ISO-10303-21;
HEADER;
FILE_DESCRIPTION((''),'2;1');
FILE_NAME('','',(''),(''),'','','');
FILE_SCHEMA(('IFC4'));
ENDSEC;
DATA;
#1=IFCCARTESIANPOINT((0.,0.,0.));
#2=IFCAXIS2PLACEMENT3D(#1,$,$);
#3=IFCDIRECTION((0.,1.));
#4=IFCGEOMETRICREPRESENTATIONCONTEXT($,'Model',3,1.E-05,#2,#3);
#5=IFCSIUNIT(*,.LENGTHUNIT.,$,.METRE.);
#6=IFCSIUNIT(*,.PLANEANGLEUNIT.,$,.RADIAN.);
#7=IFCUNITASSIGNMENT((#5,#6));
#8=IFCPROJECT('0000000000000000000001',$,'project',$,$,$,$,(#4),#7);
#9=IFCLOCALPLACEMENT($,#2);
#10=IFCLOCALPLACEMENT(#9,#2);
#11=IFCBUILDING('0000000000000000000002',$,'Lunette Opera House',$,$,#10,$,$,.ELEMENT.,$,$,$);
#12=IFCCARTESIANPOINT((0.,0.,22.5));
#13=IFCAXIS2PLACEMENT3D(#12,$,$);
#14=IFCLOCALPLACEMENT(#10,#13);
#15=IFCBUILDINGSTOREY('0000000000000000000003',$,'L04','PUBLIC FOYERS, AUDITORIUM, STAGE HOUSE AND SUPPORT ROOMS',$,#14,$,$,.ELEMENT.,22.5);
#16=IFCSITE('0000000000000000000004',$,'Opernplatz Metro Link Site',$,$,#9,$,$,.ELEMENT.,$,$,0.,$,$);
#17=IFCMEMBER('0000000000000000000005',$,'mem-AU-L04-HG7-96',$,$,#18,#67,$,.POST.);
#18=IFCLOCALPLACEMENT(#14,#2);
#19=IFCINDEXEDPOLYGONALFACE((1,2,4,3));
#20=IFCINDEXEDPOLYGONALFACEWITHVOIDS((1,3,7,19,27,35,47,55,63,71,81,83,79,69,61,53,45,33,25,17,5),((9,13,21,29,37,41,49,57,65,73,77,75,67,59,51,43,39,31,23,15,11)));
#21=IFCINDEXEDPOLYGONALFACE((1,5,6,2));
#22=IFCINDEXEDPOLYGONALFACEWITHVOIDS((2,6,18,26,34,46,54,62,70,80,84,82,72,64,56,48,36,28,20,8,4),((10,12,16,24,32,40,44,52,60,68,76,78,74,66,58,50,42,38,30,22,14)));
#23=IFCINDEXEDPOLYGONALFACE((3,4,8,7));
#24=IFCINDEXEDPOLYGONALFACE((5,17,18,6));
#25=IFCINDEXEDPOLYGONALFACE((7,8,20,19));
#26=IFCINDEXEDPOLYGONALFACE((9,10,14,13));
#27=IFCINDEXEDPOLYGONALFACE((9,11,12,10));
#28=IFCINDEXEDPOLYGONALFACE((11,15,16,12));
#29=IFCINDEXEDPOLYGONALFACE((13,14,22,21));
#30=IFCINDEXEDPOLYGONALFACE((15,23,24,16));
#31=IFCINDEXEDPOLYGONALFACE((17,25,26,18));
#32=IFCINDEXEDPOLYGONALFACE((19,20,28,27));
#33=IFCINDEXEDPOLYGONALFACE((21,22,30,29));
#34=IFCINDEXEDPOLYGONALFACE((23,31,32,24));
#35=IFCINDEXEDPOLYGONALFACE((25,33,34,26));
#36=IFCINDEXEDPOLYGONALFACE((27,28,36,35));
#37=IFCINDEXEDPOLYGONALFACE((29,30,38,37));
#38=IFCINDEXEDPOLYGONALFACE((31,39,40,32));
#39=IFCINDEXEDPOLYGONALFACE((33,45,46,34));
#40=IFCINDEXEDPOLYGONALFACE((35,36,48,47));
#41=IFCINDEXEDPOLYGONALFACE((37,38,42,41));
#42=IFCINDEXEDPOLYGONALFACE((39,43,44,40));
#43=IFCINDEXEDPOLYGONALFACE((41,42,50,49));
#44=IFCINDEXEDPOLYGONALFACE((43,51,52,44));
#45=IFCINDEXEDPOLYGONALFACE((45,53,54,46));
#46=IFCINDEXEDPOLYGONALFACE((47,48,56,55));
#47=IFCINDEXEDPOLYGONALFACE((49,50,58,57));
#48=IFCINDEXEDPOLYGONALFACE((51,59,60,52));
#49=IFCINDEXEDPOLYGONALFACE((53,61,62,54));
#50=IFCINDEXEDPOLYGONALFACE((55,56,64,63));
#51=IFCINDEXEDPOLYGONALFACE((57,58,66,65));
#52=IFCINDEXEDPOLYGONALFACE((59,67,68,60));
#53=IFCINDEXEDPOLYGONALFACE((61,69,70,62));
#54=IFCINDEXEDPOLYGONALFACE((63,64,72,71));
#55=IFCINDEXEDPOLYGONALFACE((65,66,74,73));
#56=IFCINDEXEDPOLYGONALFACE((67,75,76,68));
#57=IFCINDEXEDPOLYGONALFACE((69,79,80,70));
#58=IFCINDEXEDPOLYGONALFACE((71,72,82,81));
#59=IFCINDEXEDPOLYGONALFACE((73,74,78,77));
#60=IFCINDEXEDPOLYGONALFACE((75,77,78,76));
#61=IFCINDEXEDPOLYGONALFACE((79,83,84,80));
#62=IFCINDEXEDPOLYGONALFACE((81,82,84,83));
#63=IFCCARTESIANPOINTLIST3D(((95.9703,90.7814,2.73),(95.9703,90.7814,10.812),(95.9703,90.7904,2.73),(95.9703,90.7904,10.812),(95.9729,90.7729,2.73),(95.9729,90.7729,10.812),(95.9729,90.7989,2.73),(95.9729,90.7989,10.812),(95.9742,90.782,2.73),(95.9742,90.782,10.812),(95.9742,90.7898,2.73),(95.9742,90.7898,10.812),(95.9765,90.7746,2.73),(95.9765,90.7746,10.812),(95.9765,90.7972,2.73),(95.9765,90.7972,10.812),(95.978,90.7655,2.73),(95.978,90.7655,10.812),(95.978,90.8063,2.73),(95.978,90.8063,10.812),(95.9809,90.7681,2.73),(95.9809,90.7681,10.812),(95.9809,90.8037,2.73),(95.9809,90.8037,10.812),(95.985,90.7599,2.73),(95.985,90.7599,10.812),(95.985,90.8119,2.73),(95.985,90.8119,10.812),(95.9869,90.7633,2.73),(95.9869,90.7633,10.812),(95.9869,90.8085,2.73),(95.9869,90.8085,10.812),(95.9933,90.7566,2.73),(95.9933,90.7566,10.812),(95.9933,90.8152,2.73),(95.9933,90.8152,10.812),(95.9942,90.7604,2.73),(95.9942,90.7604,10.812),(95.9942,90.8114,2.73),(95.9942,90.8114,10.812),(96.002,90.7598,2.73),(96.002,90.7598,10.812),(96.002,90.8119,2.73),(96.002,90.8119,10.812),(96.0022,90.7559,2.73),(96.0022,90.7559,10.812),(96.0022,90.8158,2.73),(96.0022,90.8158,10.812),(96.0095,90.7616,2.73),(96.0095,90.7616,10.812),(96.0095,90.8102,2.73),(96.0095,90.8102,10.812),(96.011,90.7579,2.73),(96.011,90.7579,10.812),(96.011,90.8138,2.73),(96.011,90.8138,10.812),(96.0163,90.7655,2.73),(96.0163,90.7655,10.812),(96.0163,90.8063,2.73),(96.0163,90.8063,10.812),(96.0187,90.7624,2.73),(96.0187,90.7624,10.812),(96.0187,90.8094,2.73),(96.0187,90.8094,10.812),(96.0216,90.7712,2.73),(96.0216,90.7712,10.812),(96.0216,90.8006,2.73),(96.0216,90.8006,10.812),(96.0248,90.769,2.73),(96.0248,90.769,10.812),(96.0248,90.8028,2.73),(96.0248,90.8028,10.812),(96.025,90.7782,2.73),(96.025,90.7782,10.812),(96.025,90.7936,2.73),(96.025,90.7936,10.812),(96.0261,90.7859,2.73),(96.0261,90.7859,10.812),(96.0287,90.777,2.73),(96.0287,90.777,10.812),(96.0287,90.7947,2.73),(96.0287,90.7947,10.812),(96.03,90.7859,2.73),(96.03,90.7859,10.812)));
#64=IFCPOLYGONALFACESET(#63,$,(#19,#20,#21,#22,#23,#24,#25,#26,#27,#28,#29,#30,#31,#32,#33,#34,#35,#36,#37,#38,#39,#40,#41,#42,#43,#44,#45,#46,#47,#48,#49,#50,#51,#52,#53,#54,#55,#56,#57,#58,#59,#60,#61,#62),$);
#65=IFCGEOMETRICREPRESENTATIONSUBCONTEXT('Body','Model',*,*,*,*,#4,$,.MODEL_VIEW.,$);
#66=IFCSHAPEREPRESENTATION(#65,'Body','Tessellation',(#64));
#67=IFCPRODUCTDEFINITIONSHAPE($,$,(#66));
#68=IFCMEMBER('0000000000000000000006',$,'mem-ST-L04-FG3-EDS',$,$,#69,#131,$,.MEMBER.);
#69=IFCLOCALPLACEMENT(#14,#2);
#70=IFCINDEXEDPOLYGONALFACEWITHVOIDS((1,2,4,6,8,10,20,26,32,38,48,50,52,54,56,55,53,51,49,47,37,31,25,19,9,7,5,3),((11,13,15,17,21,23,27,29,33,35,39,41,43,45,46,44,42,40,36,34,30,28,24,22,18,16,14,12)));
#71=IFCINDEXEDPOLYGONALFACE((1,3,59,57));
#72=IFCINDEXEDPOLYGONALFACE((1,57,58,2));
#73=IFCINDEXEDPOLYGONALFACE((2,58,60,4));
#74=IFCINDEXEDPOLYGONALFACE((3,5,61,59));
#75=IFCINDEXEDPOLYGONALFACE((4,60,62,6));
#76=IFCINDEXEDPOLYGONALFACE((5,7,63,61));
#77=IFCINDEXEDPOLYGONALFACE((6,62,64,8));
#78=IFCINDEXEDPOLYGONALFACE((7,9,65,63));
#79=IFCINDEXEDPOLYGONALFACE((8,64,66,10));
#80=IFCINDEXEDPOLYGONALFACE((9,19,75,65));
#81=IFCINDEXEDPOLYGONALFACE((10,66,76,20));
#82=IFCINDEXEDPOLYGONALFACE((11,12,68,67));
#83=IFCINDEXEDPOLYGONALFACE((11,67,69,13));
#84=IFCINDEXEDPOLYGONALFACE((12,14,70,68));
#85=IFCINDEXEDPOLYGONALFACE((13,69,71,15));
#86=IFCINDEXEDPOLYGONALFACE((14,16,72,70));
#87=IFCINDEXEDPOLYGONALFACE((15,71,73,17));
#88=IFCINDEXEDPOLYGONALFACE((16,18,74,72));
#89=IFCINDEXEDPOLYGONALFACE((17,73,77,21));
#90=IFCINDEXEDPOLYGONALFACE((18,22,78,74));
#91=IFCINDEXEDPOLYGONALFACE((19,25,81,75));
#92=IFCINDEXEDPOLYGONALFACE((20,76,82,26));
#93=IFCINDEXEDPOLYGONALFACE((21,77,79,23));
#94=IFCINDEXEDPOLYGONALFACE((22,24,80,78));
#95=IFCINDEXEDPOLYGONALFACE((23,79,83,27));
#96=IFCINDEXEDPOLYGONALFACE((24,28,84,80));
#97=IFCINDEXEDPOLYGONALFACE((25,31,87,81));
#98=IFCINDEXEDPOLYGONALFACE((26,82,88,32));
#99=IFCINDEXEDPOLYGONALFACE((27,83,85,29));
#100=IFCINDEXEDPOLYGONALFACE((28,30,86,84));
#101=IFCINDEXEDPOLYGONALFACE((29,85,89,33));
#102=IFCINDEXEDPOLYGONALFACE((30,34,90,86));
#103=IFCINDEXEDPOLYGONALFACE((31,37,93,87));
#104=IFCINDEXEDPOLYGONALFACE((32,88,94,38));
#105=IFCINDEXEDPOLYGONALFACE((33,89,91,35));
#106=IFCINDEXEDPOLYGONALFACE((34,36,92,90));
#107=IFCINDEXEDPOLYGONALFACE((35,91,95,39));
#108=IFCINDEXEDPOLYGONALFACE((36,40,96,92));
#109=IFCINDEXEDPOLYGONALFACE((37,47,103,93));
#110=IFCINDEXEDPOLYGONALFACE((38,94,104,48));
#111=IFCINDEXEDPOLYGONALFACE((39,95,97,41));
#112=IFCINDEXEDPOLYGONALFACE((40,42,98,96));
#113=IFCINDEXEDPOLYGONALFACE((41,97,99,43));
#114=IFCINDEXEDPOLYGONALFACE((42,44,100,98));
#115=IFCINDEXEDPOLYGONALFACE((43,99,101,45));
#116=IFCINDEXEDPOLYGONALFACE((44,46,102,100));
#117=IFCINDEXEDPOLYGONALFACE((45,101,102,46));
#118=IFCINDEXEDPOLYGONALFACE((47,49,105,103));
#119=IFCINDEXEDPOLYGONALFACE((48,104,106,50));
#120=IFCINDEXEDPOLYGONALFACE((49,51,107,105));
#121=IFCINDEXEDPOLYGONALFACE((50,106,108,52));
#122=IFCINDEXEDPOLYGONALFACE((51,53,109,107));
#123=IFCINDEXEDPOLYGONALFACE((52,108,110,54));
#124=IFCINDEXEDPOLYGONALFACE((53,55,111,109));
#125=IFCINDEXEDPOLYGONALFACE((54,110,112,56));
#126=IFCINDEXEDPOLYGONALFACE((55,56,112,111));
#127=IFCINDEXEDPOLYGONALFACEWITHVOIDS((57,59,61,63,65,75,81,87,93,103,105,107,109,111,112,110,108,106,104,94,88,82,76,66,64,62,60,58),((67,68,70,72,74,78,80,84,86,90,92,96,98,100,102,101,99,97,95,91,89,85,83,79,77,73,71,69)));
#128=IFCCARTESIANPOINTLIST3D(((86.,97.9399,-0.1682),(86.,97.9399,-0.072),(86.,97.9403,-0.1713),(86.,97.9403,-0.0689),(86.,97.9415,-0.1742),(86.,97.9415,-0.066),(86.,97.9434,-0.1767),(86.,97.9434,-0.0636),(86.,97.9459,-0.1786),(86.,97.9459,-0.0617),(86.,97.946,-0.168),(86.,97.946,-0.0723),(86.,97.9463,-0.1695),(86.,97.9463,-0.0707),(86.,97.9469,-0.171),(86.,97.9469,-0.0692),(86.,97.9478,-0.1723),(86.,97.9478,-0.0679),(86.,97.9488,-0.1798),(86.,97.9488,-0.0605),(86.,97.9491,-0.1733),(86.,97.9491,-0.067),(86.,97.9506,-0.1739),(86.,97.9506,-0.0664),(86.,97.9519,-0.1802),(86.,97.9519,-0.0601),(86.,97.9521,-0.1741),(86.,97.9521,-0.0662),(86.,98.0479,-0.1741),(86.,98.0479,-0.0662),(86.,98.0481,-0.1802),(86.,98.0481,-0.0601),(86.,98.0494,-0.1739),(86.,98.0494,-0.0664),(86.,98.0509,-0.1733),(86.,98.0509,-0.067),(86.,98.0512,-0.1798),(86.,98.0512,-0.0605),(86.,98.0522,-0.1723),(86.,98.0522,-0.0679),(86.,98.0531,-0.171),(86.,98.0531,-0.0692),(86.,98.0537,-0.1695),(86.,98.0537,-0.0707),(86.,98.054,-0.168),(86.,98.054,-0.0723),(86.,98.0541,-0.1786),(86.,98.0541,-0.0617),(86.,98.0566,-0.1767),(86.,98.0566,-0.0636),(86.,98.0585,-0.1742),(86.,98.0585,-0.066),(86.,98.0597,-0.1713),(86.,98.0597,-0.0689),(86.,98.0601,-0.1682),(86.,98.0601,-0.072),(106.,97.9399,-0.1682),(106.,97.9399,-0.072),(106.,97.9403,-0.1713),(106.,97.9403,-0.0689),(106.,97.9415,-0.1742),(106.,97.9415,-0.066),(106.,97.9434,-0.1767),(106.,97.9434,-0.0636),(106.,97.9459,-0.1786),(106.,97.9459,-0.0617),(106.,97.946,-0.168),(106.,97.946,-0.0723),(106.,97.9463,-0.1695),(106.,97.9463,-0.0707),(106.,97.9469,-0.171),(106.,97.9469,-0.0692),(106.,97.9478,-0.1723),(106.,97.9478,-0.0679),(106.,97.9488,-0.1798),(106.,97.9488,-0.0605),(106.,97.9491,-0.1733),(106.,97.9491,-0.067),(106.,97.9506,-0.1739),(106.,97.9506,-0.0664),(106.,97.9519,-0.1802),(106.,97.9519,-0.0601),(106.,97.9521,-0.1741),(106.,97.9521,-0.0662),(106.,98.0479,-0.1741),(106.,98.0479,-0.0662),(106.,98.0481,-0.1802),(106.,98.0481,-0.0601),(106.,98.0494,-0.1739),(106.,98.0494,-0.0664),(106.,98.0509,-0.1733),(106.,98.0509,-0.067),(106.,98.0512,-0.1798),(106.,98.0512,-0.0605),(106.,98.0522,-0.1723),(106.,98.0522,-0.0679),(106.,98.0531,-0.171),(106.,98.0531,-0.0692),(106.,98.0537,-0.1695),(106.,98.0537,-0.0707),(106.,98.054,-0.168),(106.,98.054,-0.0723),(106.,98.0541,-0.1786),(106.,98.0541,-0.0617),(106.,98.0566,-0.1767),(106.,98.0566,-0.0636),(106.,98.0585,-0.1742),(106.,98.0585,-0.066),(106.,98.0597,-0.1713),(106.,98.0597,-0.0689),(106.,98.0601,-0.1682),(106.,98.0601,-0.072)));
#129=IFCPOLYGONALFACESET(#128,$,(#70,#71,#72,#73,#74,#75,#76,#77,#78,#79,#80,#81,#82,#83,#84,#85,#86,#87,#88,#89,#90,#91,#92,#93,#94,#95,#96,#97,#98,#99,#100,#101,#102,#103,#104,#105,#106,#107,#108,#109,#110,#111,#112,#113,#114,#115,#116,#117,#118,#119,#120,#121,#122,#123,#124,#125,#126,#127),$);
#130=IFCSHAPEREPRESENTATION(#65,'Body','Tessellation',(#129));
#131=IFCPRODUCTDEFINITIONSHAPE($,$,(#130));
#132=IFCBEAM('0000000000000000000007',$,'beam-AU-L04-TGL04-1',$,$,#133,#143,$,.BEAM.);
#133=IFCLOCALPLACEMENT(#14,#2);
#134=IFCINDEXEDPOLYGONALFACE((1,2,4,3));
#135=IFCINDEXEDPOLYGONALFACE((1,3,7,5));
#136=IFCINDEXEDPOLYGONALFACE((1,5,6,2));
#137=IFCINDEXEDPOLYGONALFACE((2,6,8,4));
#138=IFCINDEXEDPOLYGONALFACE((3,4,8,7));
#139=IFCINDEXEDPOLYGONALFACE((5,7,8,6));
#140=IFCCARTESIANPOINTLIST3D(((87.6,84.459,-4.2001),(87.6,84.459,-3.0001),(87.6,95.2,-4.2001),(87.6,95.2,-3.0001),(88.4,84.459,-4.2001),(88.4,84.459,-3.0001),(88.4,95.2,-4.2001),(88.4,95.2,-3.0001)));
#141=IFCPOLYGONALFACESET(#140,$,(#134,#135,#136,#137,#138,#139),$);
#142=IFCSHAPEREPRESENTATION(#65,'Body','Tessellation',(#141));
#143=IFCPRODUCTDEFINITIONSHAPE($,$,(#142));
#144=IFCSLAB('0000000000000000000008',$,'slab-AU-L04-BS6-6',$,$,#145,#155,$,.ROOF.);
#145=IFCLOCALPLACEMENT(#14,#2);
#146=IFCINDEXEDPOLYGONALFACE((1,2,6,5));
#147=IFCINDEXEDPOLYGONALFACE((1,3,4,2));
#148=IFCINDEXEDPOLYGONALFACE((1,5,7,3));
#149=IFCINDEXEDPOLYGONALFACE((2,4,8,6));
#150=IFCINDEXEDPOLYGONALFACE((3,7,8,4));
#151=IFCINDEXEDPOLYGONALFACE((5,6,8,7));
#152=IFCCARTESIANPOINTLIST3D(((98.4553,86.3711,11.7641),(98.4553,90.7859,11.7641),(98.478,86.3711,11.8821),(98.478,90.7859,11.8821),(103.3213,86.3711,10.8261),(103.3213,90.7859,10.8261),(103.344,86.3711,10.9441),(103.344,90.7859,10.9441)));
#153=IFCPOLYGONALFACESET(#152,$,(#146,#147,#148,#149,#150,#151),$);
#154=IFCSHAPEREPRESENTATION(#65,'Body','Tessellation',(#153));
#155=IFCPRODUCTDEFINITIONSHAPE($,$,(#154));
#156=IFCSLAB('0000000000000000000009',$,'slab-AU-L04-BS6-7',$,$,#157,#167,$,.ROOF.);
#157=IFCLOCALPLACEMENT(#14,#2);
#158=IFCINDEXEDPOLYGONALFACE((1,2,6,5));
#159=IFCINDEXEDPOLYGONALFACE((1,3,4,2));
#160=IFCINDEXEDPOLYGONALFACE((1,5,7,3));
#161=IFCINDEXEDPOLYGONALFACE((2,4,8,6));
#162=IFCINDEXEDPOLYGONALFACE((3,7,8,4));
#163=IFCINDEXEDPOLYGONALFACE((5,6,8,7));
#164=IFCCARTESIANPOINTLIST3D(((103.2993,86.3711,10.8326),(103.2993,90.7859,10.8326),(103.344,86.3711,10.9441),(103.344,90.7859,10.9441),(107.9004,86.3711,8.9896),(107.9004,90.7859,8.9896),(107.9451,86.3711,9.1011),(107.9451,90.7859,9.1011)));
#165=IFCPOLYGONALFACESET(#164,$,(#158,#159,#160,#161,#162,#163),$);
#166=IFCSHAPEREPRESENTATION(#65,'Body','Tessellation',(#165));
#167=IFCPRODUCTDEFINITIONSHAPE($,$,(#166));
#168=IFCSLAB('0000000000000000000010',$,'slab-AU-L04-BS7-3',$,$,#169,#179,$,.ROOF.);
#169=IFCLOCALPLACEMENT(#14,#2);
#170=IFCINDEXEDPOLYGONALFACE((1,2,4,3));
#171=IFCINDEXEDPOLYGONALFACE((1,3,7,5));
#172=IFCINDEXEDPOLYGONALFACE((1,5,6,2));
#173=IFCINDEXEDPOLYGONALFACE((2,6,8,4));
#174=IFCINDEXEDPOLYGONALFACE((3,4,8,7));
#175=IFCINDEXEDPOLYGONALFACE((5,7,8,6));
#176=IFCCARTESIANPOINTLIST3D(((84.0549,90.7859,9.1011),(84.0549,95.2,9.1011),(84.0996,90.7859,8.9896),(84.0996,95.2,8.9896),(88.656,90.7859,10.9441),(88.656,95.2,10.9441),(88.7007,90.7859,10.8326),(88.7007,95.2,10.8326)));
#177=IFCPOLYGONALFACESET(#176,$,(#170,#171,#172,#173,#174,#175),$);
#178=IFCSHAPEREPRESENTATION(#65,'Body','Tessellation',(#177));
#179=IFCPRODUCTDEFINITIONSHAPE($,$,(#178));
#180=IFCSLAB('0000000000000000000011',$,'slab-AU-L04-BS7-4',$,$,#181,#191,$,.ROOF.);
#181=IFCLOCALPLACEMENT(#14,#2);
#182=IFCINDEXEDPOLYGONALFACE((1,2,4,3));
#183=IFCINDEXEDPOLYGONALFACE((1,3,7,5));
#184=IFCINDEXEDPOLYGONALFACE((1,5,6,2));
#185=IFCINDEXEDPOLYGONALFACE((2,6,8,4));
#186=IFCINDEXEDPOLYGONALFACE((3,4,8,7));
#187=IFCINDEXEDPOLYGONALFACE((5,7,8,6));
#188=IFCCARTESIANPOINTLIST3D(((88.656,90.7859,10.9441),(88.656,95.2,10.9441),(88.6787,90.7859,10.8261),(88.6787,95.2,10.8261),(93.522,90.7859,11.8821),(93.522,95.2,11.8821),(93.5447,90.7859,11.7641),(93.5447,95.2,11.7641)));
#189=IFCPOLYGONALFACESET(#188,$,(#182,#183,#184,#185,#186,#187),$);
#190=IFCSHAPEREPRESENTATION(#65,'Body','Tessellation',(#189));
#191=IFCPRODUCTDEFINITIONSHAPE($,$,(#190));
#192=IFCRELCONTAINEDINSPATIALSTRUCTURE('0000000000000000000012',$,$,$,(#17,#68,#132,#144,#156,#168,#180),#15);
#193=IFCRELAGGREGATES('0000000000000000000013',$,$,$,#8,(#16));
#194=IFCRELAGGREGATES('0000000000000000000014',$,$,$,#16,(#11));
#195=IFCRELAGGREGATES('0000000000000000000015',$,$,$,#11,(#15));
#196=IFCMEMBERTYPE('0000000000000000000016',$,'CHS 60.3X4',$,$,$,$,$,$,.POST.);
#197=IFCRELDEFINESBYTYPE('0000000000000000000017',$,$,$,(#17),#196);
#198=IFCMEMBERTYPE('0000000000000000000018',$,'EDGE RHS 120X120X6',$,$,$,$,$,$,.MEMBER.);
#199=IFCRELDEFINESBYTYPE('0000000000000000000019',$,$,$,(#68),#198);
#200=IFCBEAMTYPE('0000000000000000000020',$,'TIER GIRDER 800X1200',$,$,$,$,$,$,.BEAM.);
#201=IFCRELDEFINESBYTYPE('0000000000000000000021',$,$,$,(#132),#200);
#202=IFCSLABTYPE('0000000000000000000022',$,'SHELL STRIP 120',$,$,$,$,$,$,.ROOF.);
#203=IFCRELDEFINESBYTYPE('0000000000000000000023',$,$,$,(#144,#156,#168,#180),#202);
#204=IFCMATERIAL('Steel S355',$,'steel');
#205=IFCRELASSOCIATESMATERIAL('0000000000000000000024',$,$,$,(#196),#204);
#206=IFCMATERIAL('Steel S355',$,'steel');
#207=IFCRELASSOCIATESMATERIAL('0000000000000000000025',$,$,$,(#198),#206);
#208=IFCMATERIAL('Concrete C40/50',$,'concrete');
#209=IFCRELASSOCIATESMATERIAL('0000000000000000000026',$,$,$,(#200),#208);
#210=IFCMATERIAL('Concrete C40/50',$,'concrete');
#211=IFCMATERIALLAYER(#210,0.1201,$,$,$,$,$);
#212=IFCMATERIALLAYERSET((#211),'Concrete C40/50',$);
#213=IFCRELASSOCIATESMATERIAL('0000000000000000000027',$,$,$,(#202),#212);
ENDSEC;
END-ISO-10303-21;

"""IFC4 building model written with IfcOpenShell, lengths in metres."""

from ifc_helpers import new_model, si_unit, direction, frame, origin, origin_2d, place, context, subcontext, project, spatial, polyline, rectangle, hollow_rectangle, hollow_circle, outline, extrude, material, layer, layer_set, material_profile, profile_set, type_object, element, save


model = new_model("IFC4")

# Units and contexts
model_context = context("Model", 3, precision=1e-05, world=origin(), true_north=direction((0.0, 1.0)))
body_context = subcontext(model_context, "Body", "Model", "MODEL_VIEW")
ifc_project = project(units=[si_unit("LENGTHUNIT", "METRE"), si_unit("PLANEANGLEUNIT", "RADIAN")], contexts=[model_context])

# Site, building, storey
site_placement = place(None, origin())
site = spatial("IfcSite", under=ifc_project, at=site_placement, Name="Opernplatz Metro Link Site", CompositionType="ELEMENT", RefElevation=0.0)
building_placement = place(site_placement, origin())
building = spatial("IfcBuilding", under=site, at=building_placement, Name="Lunette Opera House", CompositionType="ELEMENT")
storey_placement = place(building_placement, frame((0.0, 0.0, 22.5)))
storey = spatial("IfcBuildingStorey", under=building, at=storey_placement, Name="L04", Description="PUBLIC FOYERS, AUDITORIUM, STAGE HOUSE AND SUPPORT ROOMS", CompositionType="ELEMENT", Elevation=22.5)

# Members
ifc_material_1 = material(Name="Steel S355", Category="steel")
ifc_material_profile_1 = material_profile(ifc_material_1, hollow_circle(Radius=0.03, WallThickness=0.0039, at=origin_2d()), Name="CHS 60.3X4")
ifc_profile_set_1 = profile_set([ifc_material_profile_1], Name="Steel S355")
member_type_1 = type_object("IfcMemberType", Name="CHS 60.3X4", PredefinedType="POST", material=ifc_profile_set_1)
for number, where, z_axis, x_axis, name in (
    (1, (96.0, 90.7859, 2.73), (0.0, 0.0, 1.0), (1.0, 0.0, 0.0), "mem-AU-L04-HG7-96"),
):
    element("IfcMember", number, at=place(storey_placement, frame(where, z_axis=z_axis, x_axis=x_axis)), inside=storey, type_object=member_type_1, Name=name, PredefinedType="POST", context=body_context, shape_type="SweptSolid", body=[
        extrude(hollow_circle(Radius=0.03, WallThickness=0.0039, at=origin_2d()), origin(), (0.0, 0.0, 1.0), 8.082),
    ])
ifc_material_2 = material(Name="Steel S355", Category="steel")
ifc_material_profile_2 = material_profile(ifc_material_2, hollow_rectangle(XDim=0.1201, YDim=0.1201, WallThickness=0.0061, InnerFilletRadius=0.0061, OuterFilletRadius=0.012, at=origin_2d()), Name="RHS 120X120X6")
ifc_profile_set_2 = profile_set([ifc_material_profile_2], Name="Steel S355")
member_type_2 = type_object("IfcMemberType", Name="EDGE RHS 120X120X6", PredefinedType="MEMBER", material=ifc_profile_set_2)
member_placement = place(storey_placement, frame((86.0, 98.0, -0.1201), z_axis=(1.0, 0.0, 0.0), x_axis=(0.0, 1.0, 0.0)))
element("IfcMember", 2, at=member_placement, inside=storey, type_object=member_type_2, Name="mem-ST-L04-FG3-EDS", PredefinedType="MEMBER", context=body_context, shape_type="SweptSolid", body=[
    extrude(hollow_rectangle(XDim=0.1201, YDim=0.1201, WallThickness=0.0061, InnerFilletRadius=0.0061, OuterFilletRadius=0.012, at=origin_2d()), origin(), (0.0, 0.0, 1.0), 20.0),
])

# Beam
ifc_material_3 = material(Name="Concrete C40/50", Category="concrete")
ifc_material_profile_3 = material_profile(ifc_material_3, rectangle(XDim=0.8, YDim=1.2, at=origin_2d()), Name="TIER GIRDER 800X1200")
ifc_profile_set_3 = profile_set([ifc_material_profile_3], Name="Concrete C40/50")
beam_type_1 = type_object("IfcBeamType", Name="TIER GIRDER 800X1200", PredefinedType="BEAM", material=ifc_profile_set_3)
beam_1_placement = place(storey_placement, frame((88.0, 95.2, -3.6001), z_axis=(0.0, -1.0, 0.0), x_axis=(1.0, 0.0, 0.0)))
element("IfcBeam", 3, at=beam_1_placement, inside=storey, type_object=beam_type_1, Name="beam-AU-L04-TGL04-1", PredefinedType="BEAM", context=body_context, shape_type="SweptSolid", body=[
    extrude(rectangle(XDim=0.8, YDim=1.2, at=origin_2d()), origin(), (0.0, 0.0, 1.0), 10.741),
])

# Slabs
ifc_material_4 = material(Name="Concrete C40/50", Category="concrete")
ifc_layer = layer(ifc_material_4, 0.1201)
ifc_layer_set = layer_set([ifc_layer], Name="Concrete C40/50")
slab_type = type_object("IfcSlabType", Name="SHELL STRIP 120", PredefinedType="ROOF", material=ifc_layer_set)
slab_1_placement = place(storey_placement, frame((98.478, 86.3711, 11.8821), z_axis=(0.18928, 0.0, 0.981923), x_axis=(0.981923, 0.0, -0.18928)))
element("IfcSlab", 4, at=slab_1_placement, inside=storey, type_object=slab_type, Name="slab-AU-L04-BS6-6", PredefinedType="ROOF", context=body_context, shape_type="SweptSolid", body=[
    extrude(outline(polyline([(0.0, 0.0), (4.9555, 0.0), (4.9555, 4.4148), (0.0, 4.4148), (0.0, 0.0)])), origin(), (0.0, 0.0, -1.0), 0.1201),
])
slab_2_placement = place(storey_placement, frame((103.344, 86.3711, 10.9441), z_axis=(0.371841, 0.0, 0.928297), x_axis=(0.928297, 0.0, -0.371841)))
element("IfcSlab", 5, at=slab_2_placement, inside=storey, type_object=slab_type, Name="slab-AU-L04-BS6-7", PredefinedType="ROOF", context=body_context, shape_type="SweptSolid", body=[
    extrude(outline(polyline([(0.0, 0.0), (4.9565, 0.0), (4.9565, 4.4148), (0.0, 4.4148), (0.0, 0.0)])), origin(), (0.0, 0.0, -1.0), 0.1201),
])
slab_3_placement = place(storey_placement, frame((84.0549, 90.7859, 9.1011), z_axis=(-0.371841, 0.0, 0.928297), x_axis=(0.928297, 0.0, 0.371841)))
element("IfcSlab", 6, at=slab_3_placement, inside=storey, type_object=slab_type, Name="slab-AU-L04-BS7-3", PredefinedType="ROOF", context=body_context, shape_type="SweptSolid", body=[
    extrude(outline(polyline([(0.0, 0.0), (4.9565, 0.0), (4.9565, 4.4141), (0.0, 4.4141), (0.0, 0.0)])), origin(), (0.0, 0.0, -1.0), 0.1201),
])
for number, where, z_axis, x_axis, name in (
    (7, (88.656, 90.7859, 10.9441), (-0.18928, 0.0, 0.981923), (0.981923, 0.0, 0.18928), "slab-AU-L04-BS7-4"),
):
    element("IfcSlab", number, at=place(storey_placement, frame(where, z_axis=z_axis, x_axis=x_axis)), inside=storey, type_object=slab_type, Name=name, PredefinedType="ROOF", context=body_context, shape_type="SweptSolid", body=[
        extrude(outline(polyline([(0.0, 0.0), (4.9555, 0.0), (4.9555, 4.4141), (0.0, 4.4141), (0.0, 0.0)])), origin(), (0.0, 0.0, -1.0), 0.1201),
    ])

save(model, "model.ifc")
